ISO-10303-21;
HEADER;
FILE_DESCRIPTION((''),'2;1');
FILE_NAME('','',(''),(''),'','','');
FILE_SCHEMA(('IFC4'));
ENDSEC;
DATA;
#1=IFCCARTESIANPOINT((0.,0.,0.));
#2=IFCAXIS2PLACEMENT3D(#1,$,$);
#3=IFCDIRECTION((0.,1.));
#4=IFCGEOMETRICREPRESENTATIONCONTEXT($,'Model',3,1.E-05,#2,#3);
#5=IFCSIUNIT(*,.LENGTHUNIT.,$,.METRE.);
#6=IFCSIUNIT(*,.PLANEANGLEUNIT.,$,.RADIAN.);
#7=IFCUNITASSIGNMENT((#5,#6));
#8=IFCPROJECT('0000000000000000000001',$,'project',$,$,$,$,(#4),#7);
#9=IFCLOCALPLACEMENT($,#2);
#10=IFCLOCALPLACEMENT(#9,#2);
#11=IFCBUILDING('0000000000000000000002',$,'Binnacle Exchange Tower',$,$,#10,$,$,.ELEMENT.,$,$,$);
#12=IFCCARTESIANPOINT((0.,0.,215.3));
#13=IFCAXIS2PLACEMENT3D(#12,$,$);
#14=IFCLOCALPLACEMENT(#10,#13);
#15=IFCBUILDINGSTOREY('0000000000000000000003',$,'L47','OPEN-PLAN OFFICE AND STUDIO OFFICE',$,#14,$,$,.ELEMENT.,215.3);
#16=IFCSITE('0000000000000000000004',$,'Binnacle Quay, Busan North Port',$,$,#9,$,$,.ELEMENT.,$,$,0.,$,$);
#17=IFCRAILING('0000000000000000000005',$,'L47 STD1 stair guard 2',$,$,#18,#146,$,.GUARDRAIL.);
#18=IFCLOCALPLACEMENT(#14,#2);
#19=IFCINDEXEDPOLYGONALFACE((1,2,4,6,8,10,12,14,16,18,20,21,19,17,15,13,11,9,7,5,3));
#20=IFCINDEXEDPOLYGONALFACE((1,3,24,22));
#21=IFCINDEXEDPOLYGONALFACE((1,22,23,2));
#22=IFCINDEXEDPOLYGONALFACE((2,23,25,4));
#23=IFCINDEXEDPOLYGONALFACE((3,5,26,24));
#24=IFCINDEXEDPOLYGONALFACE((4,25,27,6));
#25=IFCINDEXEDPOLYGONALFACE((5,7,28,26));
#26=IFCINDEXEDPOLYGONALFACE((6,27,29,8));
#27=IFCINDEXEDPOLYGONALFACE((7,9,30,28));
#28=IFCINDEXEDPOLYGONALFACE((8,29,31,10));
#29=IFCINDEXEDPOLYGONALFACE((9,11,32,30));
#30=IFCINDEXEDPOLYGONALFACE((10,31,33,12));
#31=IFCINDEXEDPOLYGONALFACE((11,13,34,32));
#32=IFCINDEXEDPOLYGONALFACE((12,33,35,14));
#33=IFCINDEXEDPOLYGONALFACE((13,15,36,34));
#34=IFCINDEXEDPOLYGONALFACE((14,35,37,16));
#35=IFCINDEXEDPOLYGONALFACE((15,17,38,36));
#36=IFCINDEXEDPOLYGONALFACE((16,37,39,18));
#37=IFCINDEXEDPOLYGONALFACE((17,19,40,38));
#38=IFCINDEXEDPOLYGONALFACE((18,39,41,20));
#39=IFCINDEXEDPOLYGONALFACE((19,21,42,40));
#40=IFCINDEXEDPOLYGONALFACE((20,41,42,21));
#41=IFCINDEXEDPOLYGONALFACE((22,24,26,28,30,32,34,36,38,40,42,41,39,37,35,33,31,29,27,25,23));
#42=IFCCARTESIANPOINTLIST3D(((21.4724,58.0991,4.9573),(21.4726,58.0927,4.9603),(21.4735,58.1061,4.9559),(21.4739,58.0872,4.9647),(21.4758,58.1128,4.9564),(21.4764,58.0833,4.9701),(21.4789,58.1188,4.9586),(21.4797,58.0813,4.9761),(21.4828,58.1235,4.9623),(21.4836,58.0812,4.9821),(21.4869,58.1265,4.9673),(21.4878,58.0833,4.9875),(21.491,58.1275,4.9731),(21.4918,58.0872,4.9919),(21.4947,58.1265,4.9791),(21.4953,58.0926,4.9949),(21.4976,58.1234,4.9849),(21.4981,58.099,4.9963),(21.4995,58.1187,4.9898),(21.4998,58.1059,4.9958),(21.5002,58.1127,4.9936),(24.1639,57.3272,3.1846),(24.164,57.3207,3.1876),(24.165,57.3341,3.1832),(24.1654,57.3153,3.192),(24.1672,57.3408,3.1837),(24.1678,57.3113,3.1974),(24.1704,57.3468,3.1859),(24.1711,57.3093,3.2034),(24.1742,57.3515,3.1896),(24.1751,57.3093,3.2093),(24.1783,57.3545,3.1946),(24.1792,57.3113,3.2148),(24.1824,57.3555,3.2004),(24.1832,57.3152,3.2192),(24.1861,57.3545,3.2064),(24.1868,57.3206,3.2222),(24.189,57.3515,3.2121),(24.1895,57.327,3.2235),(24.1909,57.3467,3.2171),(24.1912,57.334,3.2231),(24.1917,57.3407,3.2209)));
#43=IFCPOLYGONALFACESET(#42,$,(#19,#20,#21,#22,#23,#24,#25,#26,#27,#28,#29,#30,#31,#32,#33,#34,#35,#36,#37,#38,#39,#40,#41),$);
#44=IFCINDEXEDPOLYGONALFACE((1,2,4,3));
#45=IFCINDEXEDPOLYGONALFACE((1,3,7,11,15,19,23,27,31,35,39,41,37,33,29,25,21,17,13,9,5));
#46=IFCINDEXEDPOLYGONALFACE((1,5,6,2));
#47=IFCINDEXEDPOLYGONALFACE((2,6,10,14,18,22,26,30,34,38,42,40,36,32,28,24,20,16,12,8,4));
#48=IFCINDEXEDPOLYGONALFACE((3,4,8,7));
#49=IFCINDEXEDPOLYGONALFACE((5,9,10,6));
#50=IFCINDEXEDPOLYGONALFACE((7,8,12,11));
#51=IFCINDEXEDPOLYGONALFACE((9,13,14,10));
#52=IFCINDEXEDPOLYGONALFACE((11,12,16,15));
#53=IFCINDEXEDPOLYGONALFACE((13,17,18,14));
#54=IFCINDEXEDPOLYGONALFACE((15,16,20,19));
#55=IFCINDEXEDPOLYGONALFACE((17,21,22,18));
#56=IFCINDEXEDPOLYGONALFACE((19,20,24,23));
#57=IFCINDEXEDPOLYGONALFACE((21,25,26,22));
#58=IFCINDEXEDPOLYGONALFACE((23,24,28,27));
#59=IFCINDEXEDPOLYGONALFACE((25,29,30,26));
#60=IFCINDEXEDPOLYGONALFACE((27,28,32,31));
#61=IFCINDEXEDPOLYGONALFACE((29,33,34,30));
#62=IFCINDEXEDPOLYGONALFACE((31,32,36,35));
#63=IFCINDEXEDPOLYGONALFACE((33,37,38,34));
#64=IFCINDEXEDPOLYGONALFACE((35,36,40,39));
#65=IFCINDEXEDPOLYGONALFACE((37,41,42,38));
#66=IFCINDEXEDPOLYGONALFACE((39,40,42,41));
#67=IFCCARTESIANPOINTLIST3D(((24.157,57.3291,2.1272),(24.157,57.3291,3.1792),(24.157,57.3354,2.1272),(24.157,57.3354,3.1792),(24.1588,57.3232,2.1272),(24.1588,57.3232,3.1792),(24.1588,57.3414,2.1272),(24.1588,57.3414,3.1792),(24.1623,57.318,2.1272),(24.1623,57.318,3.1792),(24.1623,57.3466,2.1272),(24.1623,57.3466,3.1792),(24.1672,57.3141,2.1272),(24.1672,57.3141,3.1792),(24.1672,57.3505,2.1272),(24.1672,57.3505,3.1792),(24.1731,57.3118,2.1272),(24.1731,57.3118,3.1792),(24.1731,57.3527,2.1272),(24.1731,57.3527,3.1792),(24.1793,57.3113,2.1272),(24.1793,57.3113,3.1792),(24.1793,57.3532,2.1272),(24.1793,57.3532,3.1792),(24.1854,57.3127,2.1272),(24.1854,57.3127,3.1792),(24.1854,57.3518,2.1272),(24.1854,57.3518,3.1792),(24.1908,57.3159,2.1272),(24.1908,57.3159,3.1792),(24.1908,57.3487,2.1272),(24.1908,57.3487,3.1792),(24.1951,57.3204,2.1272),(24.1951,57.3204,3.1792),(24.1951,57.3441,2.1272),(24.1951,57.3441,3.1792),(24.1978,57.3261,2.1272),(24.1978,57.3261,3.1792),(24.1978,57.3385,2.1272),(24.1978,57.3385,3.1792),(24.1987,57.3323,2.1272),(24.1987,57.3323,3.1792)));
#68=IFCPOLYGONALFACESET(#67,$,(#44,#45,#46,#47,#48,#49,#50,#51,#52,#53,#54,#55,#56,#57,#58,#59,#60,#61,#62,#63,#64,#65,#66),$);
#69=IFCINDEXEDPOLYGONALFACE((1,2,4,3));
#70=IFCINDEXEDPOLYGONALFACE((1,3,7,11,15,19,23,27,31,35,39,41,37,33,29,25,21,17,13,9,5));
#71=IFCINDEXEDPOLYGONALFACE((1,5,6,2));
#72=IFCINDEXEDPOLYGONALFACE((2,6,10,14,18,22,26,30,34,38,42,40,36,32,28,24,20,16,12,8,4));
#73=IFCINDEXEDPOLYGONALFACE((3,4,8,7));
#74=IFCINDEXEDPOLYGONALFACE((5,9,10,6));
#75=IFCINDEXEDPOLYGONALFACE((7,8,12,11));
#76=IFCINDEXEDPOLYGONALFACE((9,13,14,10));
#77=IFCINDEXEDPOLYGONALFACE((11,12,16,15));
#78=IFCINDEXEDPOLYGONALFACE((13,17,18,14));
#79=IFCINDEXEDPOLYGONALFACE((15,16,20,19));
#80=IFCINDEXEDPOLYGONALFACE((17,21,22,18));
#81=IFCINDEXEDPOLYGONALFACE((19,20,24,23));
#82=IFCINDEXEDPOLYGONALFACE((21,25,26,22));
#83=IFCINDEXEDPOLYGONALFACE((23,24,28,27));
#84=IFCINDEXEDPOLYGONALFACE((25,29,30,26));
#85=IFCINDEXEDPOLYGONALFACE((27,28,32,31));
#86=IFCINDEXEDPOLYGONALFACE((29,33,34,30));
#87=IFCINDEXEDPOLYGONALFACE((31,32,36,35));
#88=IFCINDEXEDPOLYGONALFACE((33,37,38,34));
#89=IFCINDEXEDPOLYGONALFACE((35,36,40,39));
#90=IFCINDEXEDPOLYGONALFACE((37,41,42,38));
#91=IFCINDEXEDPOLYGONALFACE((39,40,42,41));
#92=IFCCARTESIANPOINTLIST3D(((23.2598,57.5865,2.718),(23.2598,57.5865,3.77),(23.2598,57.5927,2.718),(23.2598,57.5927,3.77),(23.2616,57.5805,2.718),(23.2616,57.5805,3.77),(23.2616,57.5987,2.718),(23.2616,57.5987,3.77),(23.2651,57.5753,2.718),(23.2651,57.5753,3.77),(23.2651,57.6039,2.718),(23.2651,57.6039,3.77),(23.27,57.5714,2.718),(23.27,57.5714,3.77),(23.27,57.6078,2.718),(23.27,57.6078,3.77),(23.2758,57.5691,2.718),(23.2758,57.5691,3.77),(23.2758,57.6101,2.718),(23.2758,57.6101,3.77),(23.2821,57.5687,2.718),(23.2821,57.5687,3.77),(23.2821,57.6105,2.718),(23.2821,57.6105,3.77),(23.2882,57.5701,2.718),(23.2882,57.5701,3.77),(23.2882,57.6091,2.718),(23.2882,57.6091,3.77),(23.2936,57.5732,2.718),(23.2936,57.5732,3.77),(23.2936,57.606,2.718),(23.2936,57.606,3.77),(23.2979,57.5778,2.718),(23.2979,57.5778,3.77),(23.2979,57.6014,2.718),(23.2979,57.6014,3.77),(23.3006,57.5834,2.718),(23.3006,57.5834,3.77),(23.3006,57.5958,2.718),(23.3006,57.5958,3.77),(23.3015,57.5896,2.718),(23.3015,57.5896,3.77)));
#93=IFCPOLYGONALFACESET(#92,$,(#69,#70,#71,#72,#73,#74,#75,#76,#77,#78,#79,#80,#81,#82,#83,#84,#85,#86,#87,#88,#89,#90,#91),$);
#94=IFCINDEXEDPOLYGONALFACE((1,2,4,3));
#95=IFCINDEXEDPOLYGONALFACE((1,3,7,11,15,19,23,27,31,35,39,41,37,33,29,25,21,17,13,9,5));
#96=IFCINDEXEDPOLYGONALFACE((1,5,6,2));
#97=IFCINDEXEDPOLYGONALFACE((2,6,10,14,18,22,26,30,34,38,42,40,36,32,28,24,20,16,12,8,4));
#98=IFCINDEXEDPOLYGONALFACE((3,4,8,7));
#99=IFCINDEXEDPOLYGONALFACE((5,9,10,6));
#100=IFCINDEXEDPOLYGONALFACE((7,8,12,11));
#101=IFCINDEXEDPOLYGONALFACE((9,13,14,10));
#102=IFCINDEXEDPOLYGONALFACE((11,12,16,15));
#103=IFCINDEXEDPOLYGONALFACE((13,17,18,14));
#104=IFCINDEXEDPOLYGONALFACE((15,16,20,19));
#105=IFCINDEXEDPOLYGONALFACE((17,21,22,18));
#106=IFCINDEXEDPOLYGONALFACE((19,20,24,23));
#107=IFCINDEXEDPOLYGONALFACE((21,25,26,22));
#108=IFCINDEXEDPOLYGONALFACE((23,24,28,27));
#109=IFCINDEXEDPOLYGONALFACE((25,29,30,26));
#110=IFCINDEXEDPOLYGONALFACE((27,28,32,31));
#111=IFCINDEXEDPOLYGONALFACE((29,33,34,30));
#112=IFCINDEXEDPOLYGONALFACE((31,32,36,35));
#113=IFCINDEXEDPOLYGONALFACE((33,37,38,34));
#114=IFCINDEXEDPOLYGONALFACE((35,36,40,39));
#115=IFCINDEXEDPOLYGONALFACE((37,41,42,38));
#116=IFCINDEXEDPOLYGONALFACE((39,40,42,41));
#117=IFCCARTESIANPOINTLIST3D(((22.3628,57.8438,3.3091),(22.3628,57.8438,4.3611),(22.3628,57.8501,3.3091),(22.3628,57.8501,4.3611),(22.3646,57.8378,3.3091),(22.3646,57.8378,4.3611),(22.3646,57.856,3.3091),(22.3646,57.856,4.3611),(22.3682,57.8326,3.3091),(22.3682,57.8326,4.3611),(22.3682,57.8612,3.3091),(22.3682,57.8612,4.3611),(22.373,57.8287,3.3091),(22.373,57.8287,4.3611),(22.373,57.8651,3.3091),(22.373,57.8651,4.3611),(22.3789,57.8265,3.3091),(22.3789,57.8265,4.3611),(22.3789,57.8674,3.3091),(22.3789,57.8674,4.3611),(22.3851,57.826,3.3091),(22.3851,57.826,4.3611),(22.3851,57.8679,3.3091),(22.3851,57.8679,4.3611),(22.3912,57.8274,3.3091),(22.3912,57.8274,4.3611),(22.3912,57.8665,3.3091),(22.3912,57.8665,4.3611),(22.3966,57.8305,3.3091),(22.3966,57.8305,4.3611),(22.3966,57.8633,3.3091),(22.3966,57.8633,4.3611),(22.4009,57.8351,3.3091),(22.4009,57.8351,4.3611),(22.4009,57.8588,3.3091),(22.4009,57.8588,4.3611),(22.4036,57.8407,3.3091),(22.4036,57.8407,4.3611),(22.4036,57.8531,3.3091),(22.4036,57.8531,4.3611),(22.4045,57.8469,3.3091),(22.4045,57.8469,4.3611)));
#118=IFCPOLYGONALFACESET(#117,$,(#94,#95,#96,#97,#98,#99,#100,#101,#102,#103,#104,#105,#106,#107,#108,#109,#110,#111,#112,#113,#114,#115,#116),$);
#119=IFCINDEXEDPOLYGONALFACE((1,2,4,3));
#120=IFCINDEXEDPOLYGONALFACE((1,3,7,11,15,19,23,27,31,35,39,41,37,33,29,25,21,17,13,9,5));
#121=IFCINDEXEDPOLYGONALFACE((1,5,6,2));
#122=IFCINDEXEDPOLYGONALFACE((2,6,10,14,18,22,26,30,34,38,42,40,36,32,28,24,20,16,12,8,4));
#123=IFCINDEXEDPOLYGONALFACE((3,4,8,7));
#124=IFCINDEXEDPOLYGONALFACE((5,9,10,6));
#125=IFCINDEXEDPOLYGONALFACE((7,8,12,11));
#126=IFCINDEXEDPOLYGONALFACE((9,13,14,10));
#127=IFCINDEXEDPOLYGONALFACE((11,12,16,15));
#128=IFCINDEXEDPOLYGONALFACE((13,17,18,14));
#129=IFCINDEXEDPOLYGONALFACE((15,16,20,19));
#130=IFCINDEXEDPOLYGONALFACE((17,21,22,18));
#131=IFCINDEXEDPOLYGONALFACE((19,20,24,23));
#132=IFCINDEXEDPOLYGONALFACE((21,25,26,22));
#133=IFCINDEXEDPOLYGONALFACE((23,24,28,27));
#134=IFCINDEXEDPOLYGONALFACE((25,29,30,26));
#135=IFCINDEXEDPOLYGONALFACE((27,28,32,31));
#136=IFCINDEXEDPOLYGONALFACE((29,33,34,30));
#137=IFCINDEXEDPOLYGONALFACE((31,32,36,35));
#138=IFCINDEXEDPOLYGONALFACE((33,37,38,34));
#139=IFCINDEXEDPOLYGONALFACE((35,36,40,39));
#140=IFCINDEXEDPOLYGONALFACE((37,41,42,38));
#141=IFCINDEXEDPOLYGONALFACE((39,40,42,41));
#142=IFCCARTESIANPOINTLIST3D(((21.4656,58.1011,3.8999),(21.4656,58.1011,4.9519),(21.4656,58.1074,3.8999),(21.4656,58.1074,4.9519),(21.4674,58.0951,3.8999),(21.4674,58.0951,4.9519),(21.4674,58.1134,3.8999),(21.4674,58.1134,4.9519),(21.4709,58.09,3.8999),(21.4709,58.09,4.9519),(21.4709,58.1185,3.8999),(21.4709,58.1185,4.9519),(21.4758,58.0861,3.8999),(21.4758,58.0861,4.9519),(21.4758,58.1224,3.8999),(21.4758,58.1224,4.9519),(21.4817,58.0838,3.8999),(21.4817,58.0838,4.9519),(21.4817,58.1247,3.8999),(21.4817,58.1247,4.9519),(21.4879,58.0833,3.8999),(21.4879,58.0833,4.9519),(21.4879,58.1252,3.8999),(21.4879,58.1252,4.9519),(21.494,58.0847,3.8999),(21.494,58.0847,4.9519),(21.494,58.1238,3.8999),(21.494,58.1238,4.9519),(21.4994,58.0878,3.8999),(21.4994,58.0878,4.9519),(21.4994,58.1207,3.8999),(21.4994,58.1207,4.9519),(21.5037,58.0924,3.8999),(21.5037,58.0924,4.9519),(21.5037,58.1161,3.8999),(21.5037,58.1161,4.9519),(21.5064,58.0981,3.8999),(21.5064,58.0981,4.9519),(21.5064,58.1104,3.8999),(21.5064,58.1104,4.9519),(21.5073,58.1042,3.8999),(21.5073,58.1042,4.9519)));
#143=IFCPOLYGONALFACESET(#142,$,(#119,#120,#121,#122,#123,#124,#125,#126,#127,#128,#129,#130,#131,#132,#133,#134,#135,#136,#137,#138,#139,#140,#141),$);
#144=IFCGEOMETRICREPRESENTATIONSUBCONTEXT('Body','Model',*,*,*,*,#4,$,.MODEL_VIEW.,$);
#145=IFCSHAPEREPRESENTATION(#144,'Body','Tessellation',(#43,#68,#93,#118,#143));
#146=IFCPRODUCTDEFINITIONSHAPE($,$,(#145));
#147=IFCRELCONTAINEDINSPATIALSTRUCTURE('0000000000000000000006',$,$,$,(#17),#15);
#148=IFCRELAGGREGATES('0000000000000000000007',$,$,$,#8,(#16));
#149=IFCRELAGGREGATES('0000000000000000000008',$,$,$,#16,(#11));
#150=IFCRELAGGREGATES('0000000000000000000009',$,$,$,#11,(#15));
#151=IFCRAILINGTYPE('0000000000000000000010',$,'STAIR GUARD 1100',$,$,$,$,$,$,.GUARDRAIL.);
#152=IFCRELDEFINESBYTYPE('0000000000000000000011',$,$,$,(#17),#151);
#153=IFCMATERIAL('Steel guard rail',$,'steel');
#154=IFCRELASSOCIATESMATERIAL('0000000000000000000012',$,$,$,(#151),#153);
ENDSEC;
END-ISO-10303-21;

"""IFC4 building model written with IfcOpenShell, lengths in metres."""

from ifc_helpers import new_model, si_unit, direction, frame, origin, origin_2d, place, context, subcontext, project, spatial, circle, extrude, material, type_object, element, save


model = new_model("IFC4")

# Units and contexts
model_context = context("Model", 3, precision=1e-05, world=origin(), true_north=direction((0.0, 1.0)))
body_context = subcontext(model_context, "Body", "Model", "MODEL_VIEW")
ifc_project = project(units=[si_unit("LENGTHUNIT", "METRE"), si_unit("PLANEANGLEUNIT", "RADIAN")], contexts=[model_context])

# Site, building, storey
site_placement = place(None, origin())
site = spatial("IfcSite", under=ifc_project, at=site_placement, Name="Binnacle Quay, Busan North Port", CompositionType="ELEMENT", RefElevation=0.0)
building_placement = place(site_placement, origin())
building = spatial("IfcBuilding", under=site, at=building_placement, Name="Binnacle Exchange Tower", CompositionType="ELEMENT")
storey_placement = place(building_placement, frame((0.0, 0.0, 215.3)))
storey = spatial("IfcBuildingStorey", under=building, at=storey_placement, Name="L47", Description="OPEN-PLAN OFFICE AND STUDIO OFFICE", CompositionType="ELEMENT", Elevation=215.3)

# Railing
ifc_material_1 = material(Name="Steel guard rail", Category="steel")
railing_type = type_object("IfcRailingType", Name="STAIR GUARD 1100", PredefinedType="GUARDRAIL", material=ifc_material_1)
railing_1_placement = place(storey_placement, frame((24.1777, 57.3323, 2.1272)))
element("IfcRailing", 1, at=railing_1_placement, inside=storey, type_object=railing_type, Name="L47 STD1 stair guard 2", PredefinedType="GUARDRAIL", context=body_context, shape_type="SweptSolid", body=[
    extrude(circle(Radius=0.0239, at=origin_2d()), frame((0.0, 0.0, 1.0762), z_axis=(-0.812151, 0.232948, 0.534926), x_axis=(-0.275711, -0.96124, 0.0)), (0.0, 0.0, 1.0), 3.314),
    extrude(circle(Radius=0.021, at=origin_2d()), origin(), (0.0, 0.0, 1.0), 1.052),
    extrude(circle(Radius=0.021, at=origin_2d()), frame((-0.8972, 0.2573, 0.5908)), (0.0, 0.0, 1.0), 1.052),
    extrude(circle(Radius=0.021, at=origin_2d()), frame((-1.7942, 0.5146, 1.1819)), (0.0, 0.0, 1.0), 1.052),
    extrude(circle(Radius=0.021, at=origin_2d()), frame((-2.6914, 0.772, 1.7727)), (0.0, 0.0, 1.0), 1.052),
])

save(model, "model.ifc")
